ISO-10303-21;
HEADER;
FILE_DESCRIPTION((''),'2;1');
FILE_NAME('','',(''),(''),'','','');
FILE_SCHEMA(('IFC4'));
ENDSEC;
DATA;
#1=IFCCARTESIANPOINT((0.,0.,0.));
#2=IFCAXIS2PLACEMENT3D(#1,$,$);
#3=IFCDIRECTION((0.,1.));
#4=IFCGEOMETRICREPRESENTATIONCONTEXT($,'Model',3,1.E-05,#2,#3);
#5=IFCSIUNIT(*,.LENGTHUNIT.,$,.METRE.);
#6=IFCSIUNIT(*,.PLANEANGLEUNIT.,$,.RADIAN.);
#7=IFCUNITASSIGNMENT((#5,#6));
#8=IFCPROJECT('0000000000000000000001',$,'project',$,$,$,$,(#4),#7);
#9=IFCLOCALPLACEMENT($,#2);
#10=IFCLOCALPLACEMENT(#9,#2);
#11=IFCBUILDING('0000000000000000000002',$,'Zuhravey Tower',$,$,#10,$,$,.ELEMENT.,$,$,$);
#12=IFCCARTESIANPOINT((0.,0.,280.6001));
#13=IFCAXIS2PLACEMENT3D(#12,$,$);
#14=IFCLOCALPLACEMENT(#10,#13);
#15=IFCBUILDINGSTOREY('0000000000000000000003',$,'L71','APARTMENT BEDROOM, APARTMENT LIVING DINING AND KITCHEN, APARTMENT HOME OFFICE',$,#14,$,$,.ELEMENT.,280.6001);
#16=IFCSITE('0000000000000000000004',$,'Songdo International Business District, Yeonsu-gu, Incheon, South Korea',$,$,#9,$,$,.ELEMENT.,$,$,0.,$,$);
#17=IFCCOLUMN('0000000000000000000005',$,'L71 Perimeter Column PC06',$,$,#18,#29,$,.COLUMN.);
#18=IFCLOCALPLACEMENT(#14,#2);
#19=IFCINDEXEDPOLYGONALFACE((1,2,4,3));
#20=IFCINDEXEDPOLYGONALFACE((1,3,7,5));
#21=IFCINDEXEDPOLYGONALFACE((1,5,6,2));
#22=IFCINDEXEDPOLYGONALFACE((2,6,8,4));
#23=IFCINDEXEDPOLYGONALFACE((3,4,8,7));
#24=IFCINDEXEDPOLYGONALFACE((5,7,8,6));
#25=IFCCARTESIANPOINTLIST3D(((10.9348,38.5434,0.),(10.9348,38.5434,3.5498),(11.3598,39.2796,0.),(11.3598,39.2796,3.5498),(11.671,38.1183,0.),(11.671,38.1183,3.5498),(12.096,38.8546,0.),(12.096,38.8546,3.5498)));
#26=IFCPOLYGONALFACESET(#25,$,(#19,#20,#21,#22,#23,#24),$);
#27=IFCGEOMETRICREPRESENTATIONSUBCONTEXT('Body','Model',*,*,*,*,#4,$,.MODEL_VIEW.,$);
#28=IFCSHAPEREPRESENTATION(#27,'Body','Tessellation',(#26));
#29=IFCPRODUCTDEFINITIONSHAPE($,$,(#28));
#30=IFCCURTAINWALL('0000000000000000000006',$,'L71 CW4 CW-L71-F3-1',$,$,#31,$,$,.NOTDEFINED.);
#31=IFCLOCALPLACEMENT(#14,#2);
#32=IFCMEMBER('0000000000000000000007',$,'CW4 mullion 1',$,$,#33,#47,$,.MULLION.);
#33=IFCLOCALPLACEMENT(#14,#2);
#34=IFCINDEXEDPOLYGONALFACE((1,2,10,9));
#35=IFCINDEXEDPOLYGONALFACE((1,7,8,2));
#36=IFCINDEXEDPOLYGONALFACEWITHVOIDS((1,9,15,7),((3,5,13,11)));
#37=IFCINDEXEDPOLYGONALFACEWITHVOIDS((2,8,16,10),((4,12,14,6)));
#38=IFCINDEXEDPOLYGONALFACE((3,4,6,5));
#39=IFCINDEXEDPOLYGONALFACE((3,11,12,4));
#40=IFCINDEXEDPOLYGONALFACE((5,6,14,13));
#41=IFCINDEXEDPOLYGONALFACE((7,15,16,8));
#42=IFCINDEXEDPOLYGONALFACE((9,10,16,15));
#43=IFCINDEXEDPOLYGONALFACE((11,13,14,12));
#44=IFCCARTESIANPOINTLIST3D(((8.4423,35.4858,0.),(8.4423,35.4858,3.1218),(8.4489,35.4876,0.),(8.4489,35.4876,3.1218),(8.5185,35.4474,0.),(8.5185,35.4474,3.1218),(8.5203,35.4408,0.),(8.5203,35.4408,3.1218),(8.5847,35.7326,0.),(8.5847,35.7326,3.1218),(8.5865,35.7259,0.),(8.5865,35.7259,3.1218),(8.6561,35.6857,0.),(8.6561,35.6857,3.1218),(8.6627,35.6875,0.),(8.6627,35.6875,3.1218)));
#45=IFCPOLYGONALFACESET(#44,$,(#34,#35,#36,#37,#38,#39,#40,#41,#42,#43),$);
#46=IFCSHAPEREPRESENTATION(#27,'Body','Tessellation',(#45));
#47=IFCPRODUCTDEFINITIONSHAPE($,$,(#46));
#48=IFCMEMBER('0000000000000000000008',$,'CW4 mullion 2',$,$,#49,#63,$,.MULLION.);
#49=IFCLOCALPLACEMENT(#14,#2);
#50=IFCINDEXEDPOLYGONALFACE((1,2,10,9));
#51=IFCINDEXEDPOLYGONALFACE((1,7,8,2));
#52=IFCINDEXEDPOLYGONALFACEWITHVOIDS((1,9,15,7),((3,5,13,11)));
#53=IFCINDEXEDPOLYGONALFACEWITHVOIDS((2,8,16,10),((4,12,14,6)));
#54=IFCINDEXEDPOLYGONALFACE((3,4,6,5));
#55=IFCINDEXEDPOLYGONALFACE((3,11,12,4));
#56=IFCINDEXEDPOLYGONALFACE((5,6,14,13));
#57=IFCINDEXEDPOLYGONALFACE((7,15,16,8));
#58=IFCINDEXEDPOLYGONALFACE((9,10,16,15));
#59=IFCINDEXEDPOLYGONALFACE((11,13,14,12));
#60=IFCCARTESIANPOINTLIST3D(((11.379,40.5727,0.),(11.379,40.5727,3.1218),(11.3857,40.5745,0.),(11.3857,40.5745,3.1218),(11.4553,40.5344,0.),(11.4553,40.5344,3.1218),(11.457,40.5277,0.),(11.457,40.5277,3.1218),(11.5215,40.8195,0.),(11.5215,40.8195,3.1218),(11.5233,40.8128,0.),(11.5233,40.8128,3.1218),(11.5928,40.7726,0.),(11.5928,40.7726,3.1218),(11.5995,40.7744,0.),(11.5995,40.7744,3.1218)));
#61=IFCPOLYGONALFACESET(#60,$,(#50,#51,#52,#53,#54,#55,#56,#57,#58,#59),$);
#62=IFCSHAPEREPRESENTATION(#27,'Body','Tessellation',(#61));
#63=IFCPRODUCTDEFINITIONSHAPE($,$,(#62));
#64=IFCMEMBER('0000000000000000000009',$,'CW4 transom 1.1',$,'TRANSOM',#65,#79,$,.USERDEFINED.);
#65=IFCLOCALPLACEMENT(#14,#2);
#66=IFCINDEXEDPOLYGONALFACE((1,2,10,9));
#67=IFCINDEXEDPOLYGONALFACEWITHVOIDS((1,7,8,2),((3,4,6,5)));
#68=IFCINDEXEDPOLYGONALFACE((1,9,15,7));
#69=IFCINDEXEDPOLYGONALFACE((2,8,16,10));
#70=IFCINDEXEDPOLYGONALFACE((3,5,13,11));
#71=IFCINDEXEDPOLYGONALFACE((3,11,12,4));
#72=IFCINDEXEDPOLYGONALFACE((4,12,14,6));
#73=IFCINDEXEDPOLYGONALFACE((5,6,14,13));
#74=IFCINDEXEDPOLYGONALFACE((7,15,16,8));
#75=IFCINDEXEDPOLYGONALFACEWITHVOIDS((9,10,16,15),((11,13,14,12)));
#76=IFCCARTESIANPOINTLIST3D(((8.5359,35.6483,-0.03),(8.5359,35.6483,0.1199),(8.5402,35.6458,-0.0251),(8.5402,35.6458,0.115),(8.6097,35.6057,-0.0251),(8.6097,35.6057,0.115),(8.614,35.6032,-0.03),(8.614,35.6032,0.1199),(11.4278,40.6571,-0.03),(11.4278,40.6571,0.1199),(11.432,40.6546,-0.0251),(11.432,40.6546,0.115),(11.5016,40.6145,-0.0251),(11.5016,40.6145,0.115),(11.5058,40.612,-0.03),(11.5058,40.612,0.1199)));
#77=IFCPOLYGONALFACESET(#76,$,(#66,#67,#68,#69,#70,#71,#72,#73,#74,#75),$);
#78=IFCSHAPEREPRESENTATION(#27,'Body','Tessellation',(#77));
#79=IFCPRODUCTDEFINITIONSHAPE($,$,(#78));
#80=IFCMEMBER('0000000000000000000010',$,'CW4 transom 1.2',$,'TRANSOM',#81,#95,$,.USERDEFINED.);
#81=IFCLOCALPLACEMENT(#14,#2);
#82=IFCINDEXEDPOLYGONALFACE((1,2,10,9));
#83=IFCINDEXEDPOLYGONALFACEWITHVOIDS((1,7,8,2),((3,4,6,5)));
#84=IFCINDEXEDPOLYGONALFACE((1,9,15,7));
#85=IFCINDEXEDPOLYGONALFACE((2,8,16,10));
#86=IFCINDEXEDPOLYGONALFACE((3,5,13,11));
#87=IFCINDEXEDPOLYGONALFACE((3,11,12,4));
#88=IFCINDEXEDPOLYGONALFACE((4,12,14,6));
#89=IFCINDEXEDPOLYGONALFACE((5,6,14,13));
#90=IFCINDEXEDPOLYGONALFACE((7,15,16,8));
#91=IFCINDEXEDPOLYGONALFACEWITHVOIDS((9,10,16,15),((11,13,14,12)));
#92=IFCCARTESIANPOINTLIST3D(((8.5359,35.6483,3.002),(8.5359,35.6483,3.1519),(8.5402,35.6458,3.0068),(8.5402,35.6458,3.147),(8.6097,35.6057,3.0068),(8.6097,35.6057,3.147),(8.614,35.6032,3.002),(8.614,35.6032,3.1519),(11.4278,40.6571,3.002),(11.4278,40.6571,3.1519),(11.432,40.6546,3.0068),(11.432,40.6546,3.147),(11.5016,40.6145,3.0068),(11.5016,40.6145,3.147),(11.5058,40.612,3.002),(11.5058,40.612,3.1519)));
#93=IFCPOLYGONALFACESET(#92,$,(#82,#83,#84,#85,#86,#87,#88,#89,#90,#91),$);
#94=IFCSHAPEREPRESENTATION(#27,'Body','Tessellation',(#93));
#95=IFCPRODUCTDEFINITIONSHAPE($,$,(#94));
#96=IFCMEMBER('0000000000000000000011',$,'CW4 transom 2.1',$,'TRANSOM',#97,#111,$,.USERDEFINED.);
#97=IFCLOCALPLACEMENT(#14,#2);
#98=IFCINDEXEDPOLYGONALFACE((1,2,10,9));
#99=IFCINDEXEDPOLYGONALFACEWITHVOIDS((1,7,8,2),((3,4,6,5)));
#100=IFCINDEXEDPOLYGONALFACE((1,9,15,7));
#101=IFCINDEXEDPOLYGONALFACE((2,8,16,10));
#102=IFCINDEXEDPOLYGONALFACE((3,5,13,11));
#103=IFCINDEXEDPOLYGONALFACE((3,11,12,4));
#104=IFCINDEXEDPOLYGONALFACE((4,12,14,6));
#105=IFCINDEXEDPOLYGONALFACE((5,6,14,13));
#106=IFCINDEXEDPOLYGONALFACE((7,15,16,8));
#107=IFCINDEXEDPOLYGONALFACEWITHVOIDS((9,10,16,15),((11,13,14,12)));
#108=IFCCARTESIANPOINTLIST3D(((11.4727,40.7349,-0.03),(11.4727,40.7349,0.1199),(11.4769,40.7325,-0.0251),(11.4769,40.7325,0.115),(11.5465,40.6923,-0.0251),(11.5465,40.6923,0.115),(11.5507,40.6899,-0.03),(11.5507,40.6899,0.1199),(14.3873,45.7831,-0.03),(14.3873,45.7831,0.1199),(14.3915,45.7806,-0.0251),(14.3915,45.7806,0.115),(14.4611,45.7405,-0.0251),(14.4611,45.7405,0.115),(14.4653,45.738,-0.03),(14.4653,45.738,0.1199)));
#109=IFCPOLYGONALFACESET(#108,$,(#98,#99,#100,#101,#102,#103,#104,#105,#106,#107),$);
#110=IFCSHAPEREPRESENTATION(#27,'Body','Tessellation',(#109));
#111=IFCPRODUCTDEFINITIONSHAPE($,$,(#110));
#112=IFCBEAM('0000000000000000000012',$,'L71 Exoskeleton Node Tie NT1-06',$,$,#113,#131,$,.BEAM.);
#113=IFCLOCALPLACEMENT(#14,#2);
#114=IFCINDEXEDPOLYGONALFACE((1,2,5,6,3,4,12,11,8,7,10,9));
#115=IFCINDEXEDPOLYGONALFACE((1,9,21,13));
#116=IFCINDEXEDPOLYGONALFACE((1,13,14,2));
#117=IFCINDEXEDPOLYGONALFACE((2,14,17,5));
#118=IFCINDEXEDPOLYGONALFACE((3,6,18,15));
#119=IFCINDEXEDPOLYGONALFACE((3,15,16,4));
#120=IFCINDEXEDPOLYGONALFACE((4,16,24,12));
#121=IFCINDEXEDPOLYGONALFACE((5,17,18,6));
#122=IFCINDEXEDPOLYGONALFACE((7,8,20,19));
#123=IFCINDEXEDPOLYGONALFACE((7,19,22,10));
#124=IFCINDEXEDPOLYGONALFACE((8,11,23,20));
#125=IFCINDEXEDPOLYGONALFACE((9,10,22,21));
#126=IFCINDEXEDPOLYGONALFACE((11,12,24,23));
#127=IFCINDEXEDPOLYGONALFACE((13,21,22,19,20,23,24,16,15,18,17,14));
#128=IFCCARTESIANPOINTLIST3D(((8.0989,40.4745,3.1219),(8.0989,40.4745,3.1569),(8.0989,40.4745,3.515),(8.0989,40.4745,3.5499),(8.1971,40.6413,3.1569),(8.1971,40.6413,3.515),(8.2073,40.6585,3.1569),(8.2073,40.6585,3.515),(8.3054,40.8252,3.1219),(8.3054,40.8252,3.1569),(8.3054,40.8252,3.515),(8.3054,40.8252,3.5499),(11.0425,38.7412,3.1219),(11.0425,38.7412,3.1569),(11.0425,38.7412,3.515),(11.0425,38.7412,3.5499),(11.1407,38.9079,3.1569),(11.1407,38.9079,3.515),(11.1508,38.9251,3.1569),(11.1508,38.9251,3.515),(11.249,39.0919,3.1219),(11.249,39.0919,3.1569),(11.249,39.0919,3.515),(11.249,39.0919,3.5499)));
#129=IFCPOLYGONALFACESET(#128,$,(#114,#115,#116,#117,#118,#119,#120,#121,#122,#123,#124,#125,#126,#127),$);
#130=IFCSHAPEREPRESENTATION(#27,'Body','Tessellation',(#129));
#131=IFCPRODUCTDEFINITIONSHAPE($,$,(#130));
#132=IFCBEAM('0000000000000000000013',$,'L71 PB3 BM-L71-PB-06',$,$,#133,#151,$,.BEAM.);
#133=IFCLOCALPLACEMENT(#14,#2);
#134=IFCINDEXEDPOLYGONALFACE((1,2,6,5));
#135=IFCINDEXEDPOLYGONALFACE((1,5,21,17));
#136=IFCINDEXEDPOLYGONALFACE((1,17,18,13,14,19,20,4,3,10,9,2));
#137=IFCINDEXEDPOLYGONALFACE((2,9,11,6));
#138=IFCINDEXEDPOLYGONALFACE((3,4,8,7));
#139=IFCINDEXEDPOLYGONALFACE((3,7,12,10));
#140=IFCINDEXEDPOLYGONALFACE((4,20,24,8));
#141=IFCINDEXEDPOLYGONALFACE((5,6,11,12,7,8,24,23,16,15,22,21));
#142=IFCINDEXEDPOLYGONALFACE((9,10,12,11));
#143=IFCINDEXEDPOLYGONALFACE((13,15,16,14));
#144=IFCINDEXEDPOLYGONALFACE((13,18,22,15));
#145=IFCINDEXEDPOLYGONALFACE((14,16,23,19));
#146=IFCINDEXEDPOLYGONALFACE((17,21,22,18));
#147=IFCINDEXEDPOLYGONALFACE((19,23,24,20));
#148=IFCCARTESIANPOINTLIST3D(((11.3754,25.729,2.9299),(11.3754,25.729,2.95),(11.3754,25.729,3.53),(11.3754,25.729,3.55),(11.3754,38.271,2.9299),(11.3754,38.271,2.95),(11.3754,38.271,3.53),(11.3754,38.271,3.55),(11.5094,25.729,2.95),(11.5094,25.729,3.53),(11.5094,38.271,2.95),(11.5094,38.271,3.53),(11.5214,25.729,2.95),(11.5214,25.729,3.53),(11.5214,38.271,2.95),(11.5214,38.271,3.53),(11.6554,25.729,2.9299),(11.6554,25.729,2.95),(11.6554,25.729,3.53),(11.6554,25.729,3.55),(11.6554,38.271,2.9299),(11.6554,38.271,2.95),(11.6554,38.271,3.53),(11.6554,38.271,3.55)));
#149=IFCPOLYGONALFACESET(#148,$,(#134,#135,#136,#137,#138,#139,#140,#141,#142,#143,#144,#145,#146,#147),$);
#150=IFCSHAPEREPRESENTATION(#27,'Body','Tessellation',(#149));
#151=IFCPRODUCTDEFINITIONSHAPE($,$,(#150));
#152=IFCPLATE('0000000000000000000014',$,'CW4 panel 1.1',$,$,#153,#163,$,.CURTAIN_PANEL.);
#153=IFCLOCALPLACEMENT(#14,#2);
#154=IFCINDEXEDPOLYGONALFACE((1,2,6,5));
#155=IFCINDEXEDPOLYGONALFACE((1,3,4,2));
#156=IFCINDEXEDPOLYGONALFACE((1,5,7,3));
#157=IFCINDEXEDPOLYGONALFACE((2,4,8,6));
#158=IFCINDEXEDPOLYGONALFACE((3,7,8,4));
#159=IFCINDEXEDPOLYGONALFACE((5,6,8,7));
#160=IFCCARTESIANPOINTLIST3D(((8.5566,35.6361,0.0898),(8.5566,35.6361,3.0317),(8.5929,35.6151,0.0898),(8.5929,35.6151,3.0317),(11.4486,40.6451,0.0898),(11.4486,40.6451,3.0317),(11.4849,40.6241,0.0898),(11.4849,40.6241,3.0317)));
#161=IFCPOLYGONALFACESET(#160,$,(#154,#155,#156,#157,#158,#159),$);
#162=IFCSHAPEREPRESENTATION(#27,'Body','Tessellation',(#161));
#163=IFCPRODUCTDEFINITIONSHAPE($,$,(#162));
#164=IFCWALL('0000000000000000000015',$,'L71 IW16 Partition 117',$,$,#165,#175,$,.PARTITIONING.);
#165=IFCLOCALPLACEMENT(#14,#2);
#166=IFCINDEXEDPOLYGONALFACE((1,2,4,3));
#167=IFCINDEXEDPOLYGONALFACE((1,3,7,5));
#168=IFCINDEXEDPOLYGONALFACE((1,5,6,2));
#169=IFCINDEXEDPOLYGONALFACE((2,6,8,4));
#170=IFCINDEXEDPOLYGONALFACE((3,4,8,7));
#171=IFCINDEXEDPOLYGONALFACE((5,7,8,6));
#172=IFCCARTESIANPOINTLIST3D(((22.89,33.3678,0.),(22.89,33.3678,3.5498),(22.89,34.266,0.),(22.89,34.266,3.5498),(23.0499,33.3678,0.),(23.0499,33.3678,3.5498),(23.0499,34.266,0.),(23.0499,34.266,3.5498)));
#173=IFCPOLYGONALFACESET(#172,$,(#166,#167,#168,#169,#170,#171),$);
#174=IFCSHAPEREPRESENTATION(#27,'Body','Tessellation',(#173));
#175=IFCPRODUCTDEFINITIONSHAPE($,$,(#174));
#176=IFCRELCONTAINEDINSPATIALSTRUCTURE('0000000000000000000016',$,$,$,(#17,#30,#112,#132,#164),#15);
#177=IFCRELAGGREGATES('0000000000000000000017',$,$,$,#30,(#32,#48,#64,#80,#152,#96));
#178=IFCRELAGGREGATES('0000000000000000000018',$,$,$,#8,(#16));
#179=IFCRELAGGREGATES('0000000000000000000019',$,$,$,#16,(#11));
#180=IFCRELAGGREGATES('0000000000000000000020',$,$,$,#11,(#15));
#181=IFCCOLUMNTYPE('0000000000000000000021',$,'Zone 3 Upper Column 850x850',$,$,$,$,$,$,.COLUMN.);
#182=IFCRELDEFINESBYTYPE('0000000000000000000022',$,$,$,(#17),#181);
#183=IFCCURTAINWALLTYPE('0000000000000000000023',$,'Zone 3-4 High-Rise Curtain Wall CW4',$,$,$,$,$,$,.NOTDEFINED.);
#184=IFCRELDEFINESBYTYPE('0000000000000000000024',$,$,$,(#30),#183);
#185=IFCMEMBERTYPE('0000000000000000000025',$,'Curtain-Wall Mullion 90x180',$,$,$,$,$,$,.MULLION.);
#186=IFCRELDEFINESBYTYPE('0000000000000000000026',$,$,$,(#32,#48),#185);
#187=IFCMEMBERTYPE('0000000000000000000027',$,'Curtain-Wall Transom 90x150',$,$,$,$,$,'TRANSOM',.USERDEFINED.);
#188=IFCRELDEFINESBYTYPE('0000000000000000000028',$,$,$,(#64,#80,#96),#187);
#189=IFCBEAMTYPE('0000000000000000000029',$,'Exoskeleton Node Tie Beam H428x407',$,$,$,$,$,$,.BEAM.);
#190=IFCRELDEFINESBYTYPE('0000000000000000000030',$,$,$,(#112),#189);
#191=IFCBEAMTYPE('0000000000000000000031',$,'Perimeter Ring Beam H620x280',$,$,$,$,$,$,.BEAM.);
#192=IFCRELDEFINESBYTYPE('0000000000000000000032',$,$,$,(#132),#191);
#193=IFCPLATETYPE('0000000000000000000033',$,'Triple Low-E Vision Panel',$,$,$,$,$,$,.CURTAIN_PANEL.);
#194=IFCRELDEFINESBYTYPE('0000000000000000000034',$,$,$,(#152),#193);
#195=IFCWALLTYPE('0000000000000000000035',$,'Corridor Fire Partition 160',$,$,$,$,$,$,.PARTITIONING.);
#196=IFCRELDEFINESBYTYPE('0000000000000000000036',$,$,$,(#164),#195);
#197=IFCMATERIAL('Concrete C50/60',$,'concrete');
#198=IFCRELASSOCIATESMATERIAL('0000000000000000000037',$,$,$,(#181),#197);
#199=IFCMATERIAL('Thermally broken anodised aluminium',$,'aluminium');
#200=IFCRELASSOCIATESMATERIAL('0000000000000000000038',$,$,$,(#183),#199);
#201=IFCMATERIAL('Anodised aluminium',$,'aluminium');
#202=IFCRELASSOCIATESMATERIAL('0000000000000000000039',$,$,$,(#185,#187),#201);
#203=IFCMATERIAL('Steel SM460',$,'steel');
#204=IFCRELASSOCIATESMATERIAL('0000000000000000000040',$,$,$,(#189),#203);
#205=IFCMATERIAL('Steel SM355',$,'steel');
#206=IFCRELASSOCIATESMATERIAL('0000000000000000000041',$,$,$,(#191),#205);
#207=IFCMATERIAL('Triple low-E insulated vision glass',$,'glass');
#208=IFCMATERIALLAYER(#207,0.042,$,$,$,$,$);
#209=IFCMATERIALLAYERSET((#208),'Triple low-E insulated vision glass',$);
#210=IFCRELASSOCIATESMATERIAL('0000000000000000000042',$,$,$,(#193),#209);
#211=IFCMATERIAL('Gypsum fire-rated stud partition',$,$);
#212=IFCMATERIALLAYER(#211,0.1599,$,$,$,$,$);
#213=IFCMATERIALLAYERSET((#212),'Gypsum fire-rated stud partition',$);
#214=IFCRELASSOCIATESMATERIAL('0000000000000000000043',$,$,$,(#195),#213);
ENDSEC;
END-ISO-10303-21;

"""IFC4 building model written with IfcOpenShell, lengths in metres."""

from ifc_helpers import new_model, si_unit, direction, frame, frame_2d, origin, origin_2d, place, context, subcontext, project, spatial, rectangle, hollow_rectangle, i_section, extrude, material, layer, layer_set, material_profile, profile_set, type_object, element, aggregate, save


model = new_model("IFC4")

# Units and contexts
model_context = context("Model", 3, precision=1e-05, world=origin(), true_north=direction((0.0, 1.0)))
body_context = subcontext(model_context, "Body", "Model", "MODEL_VIEW")
ifc_project = project(units=[si_unit("LENGTHUNIT", "METRE"), si_unit("PLANEANGLEUNIT", "RADIAN")], contexts=[model_context])

# Site, building, storey
site_placement = place(None, origin())
site = spatial("IfcSite", under=ifc_project, at=site_placement, Name="Songdo International Business District, Yeonsu-gu, Incheon, South Korea", CompositionType="ELEMENT", RefElevation=0.0)
building_placement = place(site_placement, origin())
building = spatial("IfcBuilding", under=site, at=building_placement, Name="Zuhravey Tower", CompositionType="ELEMENT")
storey_placement = place(building_placement, frame((0.0, 0.0, 280.6001)))
storey = spatial("IfcBuildingStorey", under=building, at=storey_placement, Name="L71", Description="APARTMENT BEDROOM, APARTMENT LIVING DINING AND KITCHEN, APARTMENT HOME OFFICE", CompositionType="ELEMENT", Elevation=280.6001)

# Column
ifc_material_1 = material(Name="Concrete C50/60", Category="concrete")
ifc_material_profile_1 = material_profile(ifc_material_1, rectangle(XDim=0.8501, YDim=0.8501, at=origin_2d()), Name="RC-850x850")
ifc_profile_set_1 = profile_set([ifc_material_profile_1], Name="Concrete C50/60")
column_type = type_object("IfcColumnType", Name="Zone 3 Upper Column 850x850", PredefinedType="COLUMN", material=ifc_profile_set_1)
column_placement = place(storey_placement, frame((11.5154, 38.699, 0.0), z_axis=(0.0, 0.0, 1.0), x_axis=(-0.5, -0.866025, 0.0)))
element("IfcColumn", 1, at=column_placement, inside=storey, type_object=column_type, Name="L71 Perimeter Column PC06", PredefinedType="COLUMN", context=body_context, shape_type="SweptSolid", body=[
    extrude(rectangle(XDim=0.8501, YDim=0.8501, at=origin_2d()), origin(), (0.0, 0.0, 1.0), 3.5498),
])

# Curtain wall, members
ifc_material_2 = material(Name="Thermally broken anodised aluminium", Category="aluminium")
curtain_wall_type = type_object("IfcCurtainWallType", Name="Zone 3-4 High-Rise Curtain Wall CW4", PredefinedType="NOTDEFINED", material=ifc_material_2)
curtain_wall_placement = place(storey_placement, origin())
curtain_wall = element("IfcCurtainWall", 2, at=curtain_wall_placement, inside=storey, type_object=curtain_wall_type, Name="L71 CW4 CW-L71-F3-1", PredefinedType="NOTDEFINED")
ifc_material_3 = material(Name="Anodised aluminium", Category="aluminium")
ifc_material_profile_2 = material_profile(ifc_material_3, hollow_rectangle(XDim=0.0901, YDim=0.2849, WallThickness=0.0049, at=origin_2d()), Name="ALU-RHS-90x285x5")
ifc_profile_set_2 = profile_set([ifc_material_profile_2], Name="Anodised aluminium")
member_type_1 = type_object("IfcMemberType", Name="Curtain-Wall Mullion 90x180", PredefinedType="MULLION", material=ifc_profile_set_2)
member_1_placement = place(storey_placement, frame((8.5525, 35.5867, 0.0), z_axis=(0.0, 0.0, 1.0), x_axis=(-0.866024, 0.500002, 0.0)))
member_1 = element("IfcMember", 3, at=member_1_placement, type_object=member_type_1, Name="CW4 mullion 1", PredefinedType="MULLION", context=body_context, shape_type="SweptSolid", body=[
    extrude(hollow_rectangle(XDim=0.0901, YDim=0.2849, WallThickness=0.0049, at=origin_2d()), origin(), (0.0, 0.0, 1.0), 3.1218),
])
member_2_placement = place(storey_placement, frame((11.4893, 40.6736, 0.0), z_axis=(0.0, 0.0, 1.0), x_axis=(-0.866024, 0.500002, 0.0)))
member_2 = element("IfcMember", 4, at=member_2_placement, type_object=member_type_1, Name="CW4 mullion 2", PredefinedType="MULLION", context=body_context, shape_type="SweptSolid", body=[
    extrude(hollow_rectangle(XDim=0.0901, YDim=0.2849, WallThickness=0.0049, at=origin_2d()), origin(), (0.0, 0.0, 1.0), 3.1218),
])
ifc_material_profile_3 = material_profile(ifc_material_3, hollow_rectangle(XDim=0.0901, YDim=0.1499, WallThickness=0.0049, at=origin_2d()), Name="ALU-RHS-90x150x5")
ifc_profile_set_3 = profile_set([ifc_material_profile_3], Name="Anodised aluminium")
member_type_2 = type_object("IfcMemberType", Name="Curtain-Wall Transom 90x150", ElementType="TRANSOM", PredefinedType="USERDEFINED", material=ifc_profile_set_3)
member_3_placement = place(storey_placement, frame((8.575, 35.6257, 0.0449), z_axis=(0.500003, 0.866024, 0.0), x_axis=(-0.866024, 0.500003, 0.0)))
member_3 = element("IfcMember", 5, at=member_3_placement, type_object=member_type_2, Name="CW4 transom 1.1", ObjectType="TRANSOM", PredefinedType="USERDEFINED", context=body_context, shape_type="SweptSolid", body=[
    extrude(hollow_rectangle(XDim=0.0901, YDim=0.1499, WallThickness=0.0049, at=origin_2d()), origin(), (0.0, 0.0, 1.0), 5.7837),
])
member_4_placement = place(storey_placement, frame((8.575, 35.6257, 3.0769), z_axis=(0.500003, 0.866024, 0.0), x_axis=(-0.866024, 0.500003, 0.0)))
member_4 = element("IfcMember", 6, at=member_4_placement, type_object=member_type_2, Name="CW4 transom 1.2", ObjectType="TRANSOM", PredefinedType="USERDEFINED", context=body_context, shape_type="SweptSolid", body=[
    extrude(hollow_rectangle(XDim=0.0901, YDim=0.1499, WallThickness=0.0049, at=origin_2d()), origin(), (0.0, 0.0, 1.0), 5.7837),
])
member_5_placement = place(storey_placement, frame((11.5117, 40.7124, 0.0449), z_axis=(0.500004, 0.866023, 0.0), x_axis=(-0.866023, 0.500004, 0.0)))
member_5 = element("IfcMember", 7, at=member_5_placement, type_object=member_type_2, Name="CW4 transom 2.1", ObjectType="TRANSOM", PredefinedType="USERDEFINED", context=body_context, shape_type="SweptSolid", body=[
    extrude(hollow_rectangle(XDim=0.0901, YDim=0.1499, WallThickness=0.0049, at=origin_2d()), origin(), (0.0, 0.0, 1.0), 5.8291),
])

# Beams
ifc_material_4 = material(Name="Steel SM460", Category="steel")
ifc_material_profile_4 = material_profile(ifc_material_4, i_section(OverallWidth=0.407, OverallDepth=0.428, WebThickness=0.02, FlangeThickness=0.0349, at=origin_2d()), Name="H-428x407x20x35")
ifc_profile_set_4 = profile_set([ifc_material_profile_4], Name="Steel SM460")
beam_type_1 = type_object("IfcBeamType", Name="Exoskeleton Node Tie Beam H428x407", PredefinedType="BEAM", material=ifc_profile_set_4)
beam_1_placement = place(storey_placement, frame((11.1458, 38.9165, 3.3359), z_axis=(-0.861695, 0.507426, 0.0), x_axis=(-0.507426, -0.861695, 0.0)))
element("IfcBeam", 8, at=beam_1_placement, inside=storey, type_object=beam_type_1, Name="L71 Exoskeleton Node Tie NT1-06", PredefinedType="BEAM", context=body_context, shape_type="SweptSolid", body=[
    extrude(i_section(OverallWidth=0.407, OverallDepth=0.428, WebThickness=0.02, FlangeThickness=0.0349, at=origin_2d()), origin(), (0.0, 0.0, 1.0), 3.416),
])
ifc_material_5 = material(Name="Steel SM355", Category="steel")
ifc_material_profile_5 = material_profile(ifc_material_5, i_section(OverallWidth=0.28, OverallDepth=0.6201, WebThickness=0.012, FlangeThickness=0.02, at=origin_2d()), Name="H-620x280x12x20")
ifc_profile_set_5 = profile_set([ifc_material_profile_5], Name="Steel SM355")
beam_type_2 = type_object("IfcBeamType", Name="Perimeter Ring Beam H620x280", PredefinedType="BEAM", material=ifc_profile_set_5)
beam_2_placement = place(storey_placement, frame((11.5154, 38.271, 3.24), z_axis=(0.0, -1.0, 0.0), x_axis=(1.0, 0.0, 0.0)))
element("IfcBeam", 9, at=beam_2_placement, inside=storey, type_object=beam_type_2, Name="L71 PB3 BM-L71-PB-06", PredefinedType="BEAM", context=body_context, shape_type="SweptSolid", body=[
    extrude(i_section(OverallWidth=0.28, OverallDepth=0.6201, WebThickness=0.012, FlangeThickness=0.02, at=origin_2d()), origin(), (0.0, 0.0, 1.0), 12.542),
])

# Plate
ifc_material_6 = material(Name="Triple low-E insulated vision glass", Category="glass")
ifc_layer_1 = layer(ifc_material_6, 0.042)
ifc_layer_set_1 = layer_set([ifc_layer_1], Name="Triple low-E insulated vision glass")
plate_type = type_object("IfcPlateType", Name="Triple Low-E Vision Panel", PredefinedType="CURTAIN_PANEL", material=ifc_layer_set_1)
plate_placement = place(storey_placement, frame((10.0208, 38.1301, 0.0898), z_axis=(0.0, 0.0, 1.0), x_axis=(0.500002, 0.866024, 0.0)))
plate = element("IfcPlate", 10, at=plate_placement, type_object=plate_type, Name="CW4 panel 1.1", PredefinedType="CURTAIN_PANEL", context=body_context, shape_type="SweptSolid", body=[
    extrude(rectangle(XDim=5.7839, YDim=0.042, at=origin_2d()), origin(), (0.0, 0.0, 1.0), 2.9419),
])
aggregate(curtain_wall, [member_1, member_2, member_3, member_4, plate, member_5])

# Shared definitions
ifc_material_7 = material(Name="Gypsum fire-rated stud partition")
ifc_layer_2 = layer(ifc_material_7, 0.1599)
ifc_layer_set_2 = layer_set([ifc_layer_2], Name="Gypsum fire-rated stud partition")
wall_type_1 = type_object("IfcWallType", Name="Corridor Fire Partition 160", PredefinedType="PARTITIONING", material=ifc_layer_set_2)

# Wall
wall_1_placement = place(storey_placement, frame((22.97, 34.2661, 0.0), z_axis=(0.0, 0.0, 1.0), x_axis=(0.0, -1.0, 0.0)))
element("IfcWall", 11, at=wall_1_placement, inside=storey, type_object=wall_type_1, Name="L71 IW16 Partition 117", PredefinedType="PARTITIONING", context=body_context, shape_type="SweptSolid", body=[
    extrude(rectangle(XDim=0.8982, YDim=0.1599, at=frame_2d((0.4492, 0.0))), origin(), (0.0, 0.0, 1.0), 3.5498),
])

save(model, "model.ifc")
